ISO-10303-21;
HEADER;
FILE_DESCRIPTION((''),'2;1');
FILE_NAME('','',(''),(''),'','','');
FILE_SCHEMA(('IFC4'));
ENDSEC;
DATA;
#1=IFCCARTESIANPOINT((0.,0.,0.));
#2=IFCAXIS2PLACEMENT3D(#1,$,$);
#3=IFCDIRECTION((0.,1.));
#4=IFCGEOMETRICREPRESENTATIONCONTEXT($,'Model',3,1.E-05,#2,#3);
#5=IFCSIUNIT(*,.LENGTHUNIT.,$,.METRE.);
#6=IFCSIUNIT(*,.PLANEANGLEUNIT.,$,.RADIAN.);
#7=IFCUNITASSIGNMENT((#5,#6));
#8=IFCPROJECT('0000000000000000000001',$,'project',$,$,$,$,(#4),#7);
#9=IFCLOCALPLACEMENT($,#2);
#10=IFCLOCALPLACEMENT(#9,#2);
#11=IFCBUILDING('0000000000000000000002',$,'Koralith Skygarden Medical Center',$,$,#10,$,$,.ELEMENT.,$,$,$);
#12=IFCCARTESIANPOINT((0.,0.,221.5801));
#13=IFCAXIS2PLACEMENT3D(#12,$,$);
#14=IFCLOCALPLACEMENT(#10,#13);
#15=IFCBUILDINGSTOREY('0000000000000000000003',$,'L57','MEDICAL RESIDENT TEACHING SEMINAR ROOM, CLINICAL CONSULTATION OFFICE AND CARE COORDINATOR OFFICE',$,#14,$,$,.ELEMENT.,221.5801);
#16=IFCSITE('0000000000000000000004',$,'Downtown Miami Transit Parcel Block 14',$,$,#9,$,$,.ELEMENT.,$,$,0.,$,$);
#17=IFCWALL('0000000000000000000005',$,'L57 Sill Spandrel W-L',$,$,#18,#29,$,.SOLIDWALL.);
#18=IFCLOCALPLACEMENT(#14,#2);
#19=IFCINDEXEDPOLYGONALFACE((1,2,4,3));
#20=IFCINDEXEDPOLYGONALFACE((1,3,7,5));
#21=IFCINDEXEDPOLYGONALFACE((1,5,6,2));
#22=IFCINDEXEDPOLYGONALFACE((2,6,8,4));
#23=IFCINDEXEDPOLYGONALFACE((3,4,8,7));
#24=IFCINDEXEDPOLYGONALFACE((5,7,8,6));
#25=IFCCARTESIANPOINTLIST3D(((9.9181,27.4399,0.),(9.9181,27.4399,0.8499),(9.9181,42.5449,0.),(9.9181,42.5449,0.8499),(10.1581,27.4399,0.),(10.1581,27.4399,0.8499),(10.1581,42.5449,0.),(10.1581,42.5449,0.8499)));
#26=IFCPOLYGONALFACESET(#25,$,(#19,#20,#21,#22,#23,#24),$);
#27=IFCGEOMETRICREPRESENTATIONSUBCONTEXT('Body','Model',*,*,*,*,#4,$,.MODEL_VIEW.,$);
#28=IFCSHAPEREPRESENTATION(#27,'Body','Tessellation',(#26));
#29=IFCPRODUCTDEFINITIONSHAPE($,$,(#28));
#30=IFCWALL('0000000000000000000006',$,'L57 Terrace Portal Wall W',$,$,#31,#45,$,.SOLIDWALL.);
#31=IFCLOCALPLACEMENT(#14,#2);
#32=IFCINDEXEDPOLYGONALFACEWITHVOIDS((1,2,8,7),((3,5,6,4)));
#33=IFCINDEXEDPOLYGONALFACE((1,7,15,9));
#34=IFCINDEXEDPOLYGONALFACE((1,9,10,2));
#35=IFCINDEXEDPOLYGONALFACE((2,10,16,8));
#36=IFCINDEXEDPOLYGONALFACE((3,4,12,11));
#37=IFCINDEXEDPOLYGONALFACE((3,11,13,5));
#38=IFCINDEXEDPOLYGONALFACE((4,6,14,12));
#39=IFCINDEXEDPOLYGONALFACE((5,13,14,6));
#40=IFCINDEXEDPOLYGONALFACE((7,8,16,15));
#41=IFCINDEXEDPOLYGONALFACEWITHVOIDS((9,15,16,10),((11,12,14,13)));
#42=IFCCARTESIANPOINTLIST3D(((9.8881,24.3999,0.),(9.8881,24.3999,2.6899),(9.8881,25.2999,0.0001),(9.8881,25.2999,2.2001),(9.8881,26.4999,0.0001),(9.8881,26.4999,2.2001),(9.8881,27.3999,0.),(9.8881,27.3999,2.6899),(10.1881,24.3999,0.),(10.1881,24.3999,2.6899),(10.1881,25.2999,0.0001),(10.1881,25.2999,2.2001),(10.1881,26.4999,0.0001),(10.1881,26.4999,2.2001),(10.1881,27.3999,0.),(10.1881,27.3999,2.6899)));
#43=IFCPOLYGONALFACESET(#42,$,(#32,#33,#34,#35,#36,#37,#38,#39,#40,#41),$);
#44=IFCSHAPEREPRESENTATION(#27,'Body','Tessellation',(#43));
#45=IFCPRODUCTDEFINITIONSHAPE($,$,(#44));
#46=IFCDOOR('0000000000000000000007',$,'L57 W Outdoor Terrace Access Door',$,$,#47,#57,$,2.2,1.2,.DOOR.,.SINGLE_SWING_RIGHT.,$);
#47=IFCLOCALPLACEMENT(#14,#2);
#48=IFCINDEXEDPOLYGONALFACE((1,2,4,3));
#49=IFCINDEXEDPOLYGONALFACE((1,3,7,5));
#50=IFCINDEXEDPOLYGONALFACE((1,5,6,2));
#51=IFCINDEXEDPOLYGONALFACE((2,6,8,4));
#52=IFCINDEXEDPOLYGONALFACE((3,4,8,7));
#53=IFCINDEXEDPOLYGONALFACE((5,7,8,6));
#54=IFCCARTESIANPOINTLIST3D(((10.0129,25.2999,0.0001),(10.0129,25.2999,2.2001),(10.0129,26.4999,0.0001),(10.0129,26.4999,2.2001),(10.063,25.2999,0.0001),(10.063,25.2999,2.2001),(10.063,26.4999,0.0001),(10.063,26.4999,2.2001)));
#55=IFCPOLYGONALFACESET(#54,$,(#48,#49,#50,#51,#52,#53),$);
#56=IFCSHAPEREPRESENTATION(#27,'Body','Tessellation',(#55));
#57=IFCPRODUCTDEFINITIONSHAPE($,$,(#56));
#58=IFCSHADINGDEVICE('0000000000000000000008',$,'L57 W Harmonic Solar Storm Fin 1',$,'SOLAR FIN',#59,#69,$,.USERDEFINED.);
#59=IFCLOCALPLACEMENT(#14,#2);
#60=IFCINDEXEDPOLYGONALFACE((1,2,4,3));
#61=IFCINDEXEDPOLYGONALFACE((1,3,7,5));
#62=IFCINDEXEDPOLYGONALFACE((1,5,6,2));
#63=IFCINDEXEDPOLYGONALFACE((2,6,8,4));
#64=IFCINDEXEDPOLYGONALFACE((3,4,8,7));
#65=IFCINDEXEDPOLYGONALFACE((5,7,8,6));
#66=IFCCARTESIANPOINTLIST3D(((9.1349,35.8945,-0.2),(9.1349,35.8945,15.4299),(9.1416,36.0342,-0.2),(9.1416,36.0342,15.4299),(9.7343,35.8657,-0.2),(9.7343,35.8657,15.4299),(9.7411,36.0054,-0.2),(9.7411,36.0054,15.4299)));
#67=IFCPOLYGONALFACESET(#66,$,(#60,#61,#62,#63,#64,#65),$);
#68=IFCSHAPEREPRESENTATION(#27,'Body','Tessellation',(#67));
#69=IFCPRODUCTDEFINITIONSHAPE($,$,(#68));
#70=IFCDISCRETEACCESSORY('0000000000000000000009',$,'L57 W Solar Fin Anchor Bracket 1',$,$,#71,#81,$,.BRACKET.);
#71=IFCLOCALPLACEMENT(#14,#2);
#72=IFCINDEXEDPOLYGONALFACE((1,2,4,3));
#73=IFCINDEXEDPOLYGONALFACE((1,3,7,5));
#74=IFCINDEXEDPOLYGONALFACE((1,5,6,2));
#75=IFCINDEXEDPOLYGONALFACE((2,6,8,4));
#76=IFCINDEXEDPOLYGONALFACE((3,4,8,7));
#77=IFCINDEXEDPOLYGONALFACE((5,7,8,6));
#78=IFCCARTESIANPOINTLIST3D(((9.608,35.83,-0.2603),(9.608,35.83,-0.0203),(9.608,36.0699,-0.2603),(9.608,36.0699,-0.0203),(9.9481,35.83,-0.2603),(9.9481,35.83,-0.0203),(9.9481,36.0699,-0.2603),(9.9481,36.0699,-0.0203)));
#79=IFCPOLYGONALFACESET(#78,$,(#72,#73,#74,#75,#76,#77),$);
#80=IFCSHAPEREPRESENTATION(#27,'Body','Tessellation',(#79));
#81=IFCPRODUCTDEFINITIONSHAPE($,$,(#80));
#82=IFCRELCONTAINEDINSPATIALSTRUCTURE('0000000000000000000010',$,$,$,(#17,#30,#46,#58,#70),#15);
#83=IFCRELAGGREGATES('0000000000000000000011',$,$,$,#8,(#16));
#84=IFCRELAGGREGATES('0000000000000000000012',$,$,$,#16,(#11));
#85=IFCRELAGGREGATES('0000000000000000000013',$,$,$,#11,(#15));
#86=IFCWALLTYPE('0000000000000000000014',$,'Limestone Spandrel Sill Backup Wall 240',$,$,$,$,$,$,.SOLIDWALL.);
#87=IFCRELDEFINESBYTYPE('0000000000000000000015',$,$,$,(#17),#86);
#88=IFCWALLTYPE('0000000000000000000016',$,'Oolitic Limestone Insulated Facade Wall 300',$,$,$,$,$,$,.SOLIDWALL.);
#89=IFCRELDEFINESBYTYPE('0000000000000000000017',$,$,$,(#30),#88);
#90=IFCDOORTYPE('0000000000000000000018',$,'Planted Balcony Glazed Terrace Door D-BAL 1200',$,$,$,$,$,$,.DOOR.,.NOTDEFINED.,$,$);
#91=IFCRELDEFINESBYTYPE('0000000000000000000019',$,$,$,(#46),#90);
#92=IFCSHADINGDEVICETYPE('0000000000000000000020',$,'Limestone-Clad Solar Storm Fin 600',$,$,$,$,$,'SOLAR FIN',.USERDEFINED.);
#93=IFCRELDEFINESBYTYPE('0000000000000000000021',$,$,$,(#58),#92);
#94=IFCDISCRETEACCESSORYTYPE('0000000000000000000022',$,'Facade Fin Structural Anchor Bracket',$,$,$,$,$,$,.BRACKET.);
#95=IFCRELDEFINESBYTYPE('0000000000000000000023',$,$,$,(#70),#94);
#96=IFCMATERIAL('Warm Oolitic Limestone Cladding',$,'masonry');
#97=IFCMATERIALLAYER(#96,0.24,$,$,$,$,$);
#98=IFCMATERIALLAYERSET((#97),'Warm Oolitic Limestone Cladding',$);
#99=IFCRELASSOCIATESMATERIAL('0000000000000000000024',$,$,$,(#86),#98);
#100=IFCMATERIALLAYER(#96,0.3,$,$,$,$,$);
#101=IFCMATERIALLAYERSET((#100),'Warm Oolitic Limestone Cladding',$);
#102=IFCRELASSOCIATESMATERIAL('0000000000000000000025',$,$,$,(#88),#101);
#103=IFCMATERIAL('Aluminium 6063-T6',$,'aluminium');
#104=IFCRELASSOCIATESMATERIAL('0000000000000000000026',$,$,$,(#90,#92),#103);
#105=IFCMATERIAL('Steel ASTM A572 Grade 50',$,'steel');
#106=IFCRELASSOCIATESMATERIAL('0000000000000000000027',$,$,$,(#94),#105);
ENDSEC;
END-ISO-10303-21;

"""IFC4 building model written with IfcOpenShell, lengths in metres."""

from ifc_helpers import new_model, si_unit, direction, frame, frame_2d, origin, origin_2d, place, context, subcontext, project, spatial, rectangle, extrude, material, layer, layer_set, type_object, element, fill, save


model = new_model("IFC4")

# Units and contexts
model_context = context("Model", 3, precision=1e-05, world=origin(), true_north=direction((0.0, 1.0)))
body_context = subcontext(model_context, "Body", "Model", "MODEL_VIEW")
ifc_project = project(units=[si_unit("LENGTHUNIT", "METRE"), si_unit("PLANEANGLEUNIT", "RADIAN")], contexts=[model_context])

# Site, building, storey
site_placement = place(None, origin())
site = spatial("IfcSite", under=ifc_project, at=site_placement, Name="Downtown Miami Transit Parcel Block 14", CompositionType="ELEMENT", RefElevation=0.0)
building_placement = place(site_placement, origin())
building = spatial("IfcBuilding", under=site, at=building_placement, Name="Koralith Skygarden Medical Center", CompositionType="ELEMENT")
storey_placement = place(building_placement, frame((0.0, 0.0, 221.5801)))
storey = spatial("IfcBuildingStorey", under=building, at=storey_placement, Name="L57", Description="MEDICAL RESIDENT TEACHING SEMINAR ROOM, CLINICAL CONSULTATION OFFICE AND CARE COORDINATOR OFFICE", CompositionType="ELEMENT", Elevation=221.5801)

# Shared definitions
ifc_material_1 = material(Name="Aluminium 6063-T6", Category="aluminium")

# Wall
ifc_material_2 = material(Name="Warm Oolitic Limestone Cladding", Category="masonry")
ifc_layer_1 = layer(ifc_material_2, 0.24)
ifc_layer_set_1 = layer_set([ifc_layer_1], Name="Warm Oolitic Limestone Cladding")
wall_type_1 = type_object("IfcWallType", Name="Limestone Spandrel Sill Backup Wall 240", PredefinedType="SOLIDWALL", material=ifc_layer_set_1)
wall_1_placement = place(storey_placement, frame((10.0381, 42.5449, 0.0), z_axis=(0.0, 0.0, 1.0), x_axis=(0.0, -1.0, 0.0)))
element("IfcWall", 1, at=wall_1_placement, inside=storey, type_object=wall_type_1, Name="L57 Sill Spandrel W-L", PredefinedType="SOLIDWALL", context=body_context, shape_type="SweptSolid", body=[
    extrude(rectangle(XDim=15.105, YDim=0.24, at=frame_2d((7.5525, 0.0))), origin(), (0.0, 0.0, 1.0), 0.8499),
])

# Wall, opening, door
ifc_layer_2 = layer(ifc_material_2, 0.3)
ifc_layer_set_2 = layer_set([ifc_layer_2], Name="Warm Oolitic Limestone Cladding")
wall_type_2 = type_object("IfcWallType", Name="Oolitic Limestone Insulated Facade Wall 300", PredefinedType="SOLIDWALL", material=ifc_layer_set_2)
wall_2_placement = place(storey_placement, frame((10.0381, 27.3999, 0.0), z_axis=(0.0, 0.0, 1.0), x_axis=(0.0, -1.0, 0.0)))
wall_2 = element("IfcWall", 2, at=wall_2_placement, inside=storey, type_object=wall_type_2, Name="L57 Terrace Portal Wall W", PredefinedType="SOLIDWALL", context=body_context, shape_type="SweptSolid", body=[
    extrude(rectangle(XDim=3.0, YDim=0.3, at=frame_2d((1.5, 0.0))), origin(), (0.0, 0.0, 1.0), 2.6899),
])
opening_1_placement = place(wall_2_placement, frame((0.8999, 0.0, 0.0)))
opening_1 = element("IfcOpeningElement", 3, at=opening_1_placement, cuts=wall_2, PredefinedType="OPENING", context=body_context, shape_type="SweptSolid", body=[
    extrude(rectangle(XDim=1.2, YDim=2.2, at=frame_2d((0.6001, 1.1001))), frame((0.0, 0.1599, 0.0), z_axis=(0.0, -1.0, 0.0), x_axis=(1.0, 0.0, 0.0)), (0.0, 0.0, 1.0), 0.3201),
])
door_type_1 = type_object("IfcDoorType", Name="Planted Balcony Glazed Terrace Door D-BAL 1200", OperationType="NOTDEFINED", PredefinedType="DOOR", material=ifc_material_1)
door_1_placement = place(opening_1_placement, origin())
door_1 = element("IfcDoor", 4, at=door_1_placement, inside=storey, type_object=door_type_1, Name="L57 W Outdoor Terrace Access Door", OperationType="SINGLE_SWING_RIGHT", OverallHeight=2.2, OverallWidth=1.2, PredefinedType="DOOR", context=body_context, shape_type="SweptSolid", body=[
    extrude(rectangle(XDim=1.2, YDim=2.2, at=frame_2d((0.6001, 1.1001))), frame((0.0, 0.0249, 0.0), z_axis=(0.0, -1.0, 0.0), x_axis=(1.0, 0.0, 0.0)), (0.0, 0.0, 1.0), 0.05),
])
fill(opening_1, door_1)

# Shading device
shading_device_type = type_object("IfcShadingDeviceType", Name="Limestone-Clad Solar Storm Fin 600", ElementType="SOLAR FIN", PredefinedType="USERDEFINED", material=ifc_material_1)
shading_device_placement = place(storey_placement, frame((9.438, 35.95, -0.2), z_axis=(0.0, 0.0, 1.0), x_axis=(-0.998843, 0.048083, 0.0)))
element("IfcShadingDevice", 5, at=shading_device_placement, inside=storey, type_object=shading_device_type, Name="L57 W Harmonic Solar Storm Fin 1", ObjectType="SOLAR FIN", PredefinedType="USERDEFINED", context=body_context, shape_type="SweptSolid", body=[
    extrude(rectangle(XDim=0.6001, YDim=0.1399, at=origin_2d()), origin(), (0.0, 0.0, 1.0), 15.6299),
])

# Discrete accessory
ifc_material_3 = material(Name="Steel ASTM A572 Grade 50", Category="steel")
discrete_accessory_type = type_object("IfcDiscreteAccessoryType", Name="Facade Fin Structural Anchor Bracket", PredefinedType="BRACKET", material=ifc_material_3)
discrete_accessory_placement = place(storey_placement, frame((9.7781, 35.95, -0.2603), z_axis=(0.0, 0.0, 1.0), x_axis=(-1.0, 0.0, 0.0)))
element("IfcDiscreteAccessory", 6, at=discrete_accessory_placement, inside=storey, type_object=discrete_accessory_type, Name="L57 W Solar Fin Anchor Bracket 1", PredefinedType="BRACKET", context=body_context, shape_type="SweptSolid", body=[
    extrude(rectangle(XDim=0.3401, YDim=0.24, at=origin_2d()), origin(), (0.0, 0.0, 1.0), 0.24),
])

save(model, "model.ifc")
